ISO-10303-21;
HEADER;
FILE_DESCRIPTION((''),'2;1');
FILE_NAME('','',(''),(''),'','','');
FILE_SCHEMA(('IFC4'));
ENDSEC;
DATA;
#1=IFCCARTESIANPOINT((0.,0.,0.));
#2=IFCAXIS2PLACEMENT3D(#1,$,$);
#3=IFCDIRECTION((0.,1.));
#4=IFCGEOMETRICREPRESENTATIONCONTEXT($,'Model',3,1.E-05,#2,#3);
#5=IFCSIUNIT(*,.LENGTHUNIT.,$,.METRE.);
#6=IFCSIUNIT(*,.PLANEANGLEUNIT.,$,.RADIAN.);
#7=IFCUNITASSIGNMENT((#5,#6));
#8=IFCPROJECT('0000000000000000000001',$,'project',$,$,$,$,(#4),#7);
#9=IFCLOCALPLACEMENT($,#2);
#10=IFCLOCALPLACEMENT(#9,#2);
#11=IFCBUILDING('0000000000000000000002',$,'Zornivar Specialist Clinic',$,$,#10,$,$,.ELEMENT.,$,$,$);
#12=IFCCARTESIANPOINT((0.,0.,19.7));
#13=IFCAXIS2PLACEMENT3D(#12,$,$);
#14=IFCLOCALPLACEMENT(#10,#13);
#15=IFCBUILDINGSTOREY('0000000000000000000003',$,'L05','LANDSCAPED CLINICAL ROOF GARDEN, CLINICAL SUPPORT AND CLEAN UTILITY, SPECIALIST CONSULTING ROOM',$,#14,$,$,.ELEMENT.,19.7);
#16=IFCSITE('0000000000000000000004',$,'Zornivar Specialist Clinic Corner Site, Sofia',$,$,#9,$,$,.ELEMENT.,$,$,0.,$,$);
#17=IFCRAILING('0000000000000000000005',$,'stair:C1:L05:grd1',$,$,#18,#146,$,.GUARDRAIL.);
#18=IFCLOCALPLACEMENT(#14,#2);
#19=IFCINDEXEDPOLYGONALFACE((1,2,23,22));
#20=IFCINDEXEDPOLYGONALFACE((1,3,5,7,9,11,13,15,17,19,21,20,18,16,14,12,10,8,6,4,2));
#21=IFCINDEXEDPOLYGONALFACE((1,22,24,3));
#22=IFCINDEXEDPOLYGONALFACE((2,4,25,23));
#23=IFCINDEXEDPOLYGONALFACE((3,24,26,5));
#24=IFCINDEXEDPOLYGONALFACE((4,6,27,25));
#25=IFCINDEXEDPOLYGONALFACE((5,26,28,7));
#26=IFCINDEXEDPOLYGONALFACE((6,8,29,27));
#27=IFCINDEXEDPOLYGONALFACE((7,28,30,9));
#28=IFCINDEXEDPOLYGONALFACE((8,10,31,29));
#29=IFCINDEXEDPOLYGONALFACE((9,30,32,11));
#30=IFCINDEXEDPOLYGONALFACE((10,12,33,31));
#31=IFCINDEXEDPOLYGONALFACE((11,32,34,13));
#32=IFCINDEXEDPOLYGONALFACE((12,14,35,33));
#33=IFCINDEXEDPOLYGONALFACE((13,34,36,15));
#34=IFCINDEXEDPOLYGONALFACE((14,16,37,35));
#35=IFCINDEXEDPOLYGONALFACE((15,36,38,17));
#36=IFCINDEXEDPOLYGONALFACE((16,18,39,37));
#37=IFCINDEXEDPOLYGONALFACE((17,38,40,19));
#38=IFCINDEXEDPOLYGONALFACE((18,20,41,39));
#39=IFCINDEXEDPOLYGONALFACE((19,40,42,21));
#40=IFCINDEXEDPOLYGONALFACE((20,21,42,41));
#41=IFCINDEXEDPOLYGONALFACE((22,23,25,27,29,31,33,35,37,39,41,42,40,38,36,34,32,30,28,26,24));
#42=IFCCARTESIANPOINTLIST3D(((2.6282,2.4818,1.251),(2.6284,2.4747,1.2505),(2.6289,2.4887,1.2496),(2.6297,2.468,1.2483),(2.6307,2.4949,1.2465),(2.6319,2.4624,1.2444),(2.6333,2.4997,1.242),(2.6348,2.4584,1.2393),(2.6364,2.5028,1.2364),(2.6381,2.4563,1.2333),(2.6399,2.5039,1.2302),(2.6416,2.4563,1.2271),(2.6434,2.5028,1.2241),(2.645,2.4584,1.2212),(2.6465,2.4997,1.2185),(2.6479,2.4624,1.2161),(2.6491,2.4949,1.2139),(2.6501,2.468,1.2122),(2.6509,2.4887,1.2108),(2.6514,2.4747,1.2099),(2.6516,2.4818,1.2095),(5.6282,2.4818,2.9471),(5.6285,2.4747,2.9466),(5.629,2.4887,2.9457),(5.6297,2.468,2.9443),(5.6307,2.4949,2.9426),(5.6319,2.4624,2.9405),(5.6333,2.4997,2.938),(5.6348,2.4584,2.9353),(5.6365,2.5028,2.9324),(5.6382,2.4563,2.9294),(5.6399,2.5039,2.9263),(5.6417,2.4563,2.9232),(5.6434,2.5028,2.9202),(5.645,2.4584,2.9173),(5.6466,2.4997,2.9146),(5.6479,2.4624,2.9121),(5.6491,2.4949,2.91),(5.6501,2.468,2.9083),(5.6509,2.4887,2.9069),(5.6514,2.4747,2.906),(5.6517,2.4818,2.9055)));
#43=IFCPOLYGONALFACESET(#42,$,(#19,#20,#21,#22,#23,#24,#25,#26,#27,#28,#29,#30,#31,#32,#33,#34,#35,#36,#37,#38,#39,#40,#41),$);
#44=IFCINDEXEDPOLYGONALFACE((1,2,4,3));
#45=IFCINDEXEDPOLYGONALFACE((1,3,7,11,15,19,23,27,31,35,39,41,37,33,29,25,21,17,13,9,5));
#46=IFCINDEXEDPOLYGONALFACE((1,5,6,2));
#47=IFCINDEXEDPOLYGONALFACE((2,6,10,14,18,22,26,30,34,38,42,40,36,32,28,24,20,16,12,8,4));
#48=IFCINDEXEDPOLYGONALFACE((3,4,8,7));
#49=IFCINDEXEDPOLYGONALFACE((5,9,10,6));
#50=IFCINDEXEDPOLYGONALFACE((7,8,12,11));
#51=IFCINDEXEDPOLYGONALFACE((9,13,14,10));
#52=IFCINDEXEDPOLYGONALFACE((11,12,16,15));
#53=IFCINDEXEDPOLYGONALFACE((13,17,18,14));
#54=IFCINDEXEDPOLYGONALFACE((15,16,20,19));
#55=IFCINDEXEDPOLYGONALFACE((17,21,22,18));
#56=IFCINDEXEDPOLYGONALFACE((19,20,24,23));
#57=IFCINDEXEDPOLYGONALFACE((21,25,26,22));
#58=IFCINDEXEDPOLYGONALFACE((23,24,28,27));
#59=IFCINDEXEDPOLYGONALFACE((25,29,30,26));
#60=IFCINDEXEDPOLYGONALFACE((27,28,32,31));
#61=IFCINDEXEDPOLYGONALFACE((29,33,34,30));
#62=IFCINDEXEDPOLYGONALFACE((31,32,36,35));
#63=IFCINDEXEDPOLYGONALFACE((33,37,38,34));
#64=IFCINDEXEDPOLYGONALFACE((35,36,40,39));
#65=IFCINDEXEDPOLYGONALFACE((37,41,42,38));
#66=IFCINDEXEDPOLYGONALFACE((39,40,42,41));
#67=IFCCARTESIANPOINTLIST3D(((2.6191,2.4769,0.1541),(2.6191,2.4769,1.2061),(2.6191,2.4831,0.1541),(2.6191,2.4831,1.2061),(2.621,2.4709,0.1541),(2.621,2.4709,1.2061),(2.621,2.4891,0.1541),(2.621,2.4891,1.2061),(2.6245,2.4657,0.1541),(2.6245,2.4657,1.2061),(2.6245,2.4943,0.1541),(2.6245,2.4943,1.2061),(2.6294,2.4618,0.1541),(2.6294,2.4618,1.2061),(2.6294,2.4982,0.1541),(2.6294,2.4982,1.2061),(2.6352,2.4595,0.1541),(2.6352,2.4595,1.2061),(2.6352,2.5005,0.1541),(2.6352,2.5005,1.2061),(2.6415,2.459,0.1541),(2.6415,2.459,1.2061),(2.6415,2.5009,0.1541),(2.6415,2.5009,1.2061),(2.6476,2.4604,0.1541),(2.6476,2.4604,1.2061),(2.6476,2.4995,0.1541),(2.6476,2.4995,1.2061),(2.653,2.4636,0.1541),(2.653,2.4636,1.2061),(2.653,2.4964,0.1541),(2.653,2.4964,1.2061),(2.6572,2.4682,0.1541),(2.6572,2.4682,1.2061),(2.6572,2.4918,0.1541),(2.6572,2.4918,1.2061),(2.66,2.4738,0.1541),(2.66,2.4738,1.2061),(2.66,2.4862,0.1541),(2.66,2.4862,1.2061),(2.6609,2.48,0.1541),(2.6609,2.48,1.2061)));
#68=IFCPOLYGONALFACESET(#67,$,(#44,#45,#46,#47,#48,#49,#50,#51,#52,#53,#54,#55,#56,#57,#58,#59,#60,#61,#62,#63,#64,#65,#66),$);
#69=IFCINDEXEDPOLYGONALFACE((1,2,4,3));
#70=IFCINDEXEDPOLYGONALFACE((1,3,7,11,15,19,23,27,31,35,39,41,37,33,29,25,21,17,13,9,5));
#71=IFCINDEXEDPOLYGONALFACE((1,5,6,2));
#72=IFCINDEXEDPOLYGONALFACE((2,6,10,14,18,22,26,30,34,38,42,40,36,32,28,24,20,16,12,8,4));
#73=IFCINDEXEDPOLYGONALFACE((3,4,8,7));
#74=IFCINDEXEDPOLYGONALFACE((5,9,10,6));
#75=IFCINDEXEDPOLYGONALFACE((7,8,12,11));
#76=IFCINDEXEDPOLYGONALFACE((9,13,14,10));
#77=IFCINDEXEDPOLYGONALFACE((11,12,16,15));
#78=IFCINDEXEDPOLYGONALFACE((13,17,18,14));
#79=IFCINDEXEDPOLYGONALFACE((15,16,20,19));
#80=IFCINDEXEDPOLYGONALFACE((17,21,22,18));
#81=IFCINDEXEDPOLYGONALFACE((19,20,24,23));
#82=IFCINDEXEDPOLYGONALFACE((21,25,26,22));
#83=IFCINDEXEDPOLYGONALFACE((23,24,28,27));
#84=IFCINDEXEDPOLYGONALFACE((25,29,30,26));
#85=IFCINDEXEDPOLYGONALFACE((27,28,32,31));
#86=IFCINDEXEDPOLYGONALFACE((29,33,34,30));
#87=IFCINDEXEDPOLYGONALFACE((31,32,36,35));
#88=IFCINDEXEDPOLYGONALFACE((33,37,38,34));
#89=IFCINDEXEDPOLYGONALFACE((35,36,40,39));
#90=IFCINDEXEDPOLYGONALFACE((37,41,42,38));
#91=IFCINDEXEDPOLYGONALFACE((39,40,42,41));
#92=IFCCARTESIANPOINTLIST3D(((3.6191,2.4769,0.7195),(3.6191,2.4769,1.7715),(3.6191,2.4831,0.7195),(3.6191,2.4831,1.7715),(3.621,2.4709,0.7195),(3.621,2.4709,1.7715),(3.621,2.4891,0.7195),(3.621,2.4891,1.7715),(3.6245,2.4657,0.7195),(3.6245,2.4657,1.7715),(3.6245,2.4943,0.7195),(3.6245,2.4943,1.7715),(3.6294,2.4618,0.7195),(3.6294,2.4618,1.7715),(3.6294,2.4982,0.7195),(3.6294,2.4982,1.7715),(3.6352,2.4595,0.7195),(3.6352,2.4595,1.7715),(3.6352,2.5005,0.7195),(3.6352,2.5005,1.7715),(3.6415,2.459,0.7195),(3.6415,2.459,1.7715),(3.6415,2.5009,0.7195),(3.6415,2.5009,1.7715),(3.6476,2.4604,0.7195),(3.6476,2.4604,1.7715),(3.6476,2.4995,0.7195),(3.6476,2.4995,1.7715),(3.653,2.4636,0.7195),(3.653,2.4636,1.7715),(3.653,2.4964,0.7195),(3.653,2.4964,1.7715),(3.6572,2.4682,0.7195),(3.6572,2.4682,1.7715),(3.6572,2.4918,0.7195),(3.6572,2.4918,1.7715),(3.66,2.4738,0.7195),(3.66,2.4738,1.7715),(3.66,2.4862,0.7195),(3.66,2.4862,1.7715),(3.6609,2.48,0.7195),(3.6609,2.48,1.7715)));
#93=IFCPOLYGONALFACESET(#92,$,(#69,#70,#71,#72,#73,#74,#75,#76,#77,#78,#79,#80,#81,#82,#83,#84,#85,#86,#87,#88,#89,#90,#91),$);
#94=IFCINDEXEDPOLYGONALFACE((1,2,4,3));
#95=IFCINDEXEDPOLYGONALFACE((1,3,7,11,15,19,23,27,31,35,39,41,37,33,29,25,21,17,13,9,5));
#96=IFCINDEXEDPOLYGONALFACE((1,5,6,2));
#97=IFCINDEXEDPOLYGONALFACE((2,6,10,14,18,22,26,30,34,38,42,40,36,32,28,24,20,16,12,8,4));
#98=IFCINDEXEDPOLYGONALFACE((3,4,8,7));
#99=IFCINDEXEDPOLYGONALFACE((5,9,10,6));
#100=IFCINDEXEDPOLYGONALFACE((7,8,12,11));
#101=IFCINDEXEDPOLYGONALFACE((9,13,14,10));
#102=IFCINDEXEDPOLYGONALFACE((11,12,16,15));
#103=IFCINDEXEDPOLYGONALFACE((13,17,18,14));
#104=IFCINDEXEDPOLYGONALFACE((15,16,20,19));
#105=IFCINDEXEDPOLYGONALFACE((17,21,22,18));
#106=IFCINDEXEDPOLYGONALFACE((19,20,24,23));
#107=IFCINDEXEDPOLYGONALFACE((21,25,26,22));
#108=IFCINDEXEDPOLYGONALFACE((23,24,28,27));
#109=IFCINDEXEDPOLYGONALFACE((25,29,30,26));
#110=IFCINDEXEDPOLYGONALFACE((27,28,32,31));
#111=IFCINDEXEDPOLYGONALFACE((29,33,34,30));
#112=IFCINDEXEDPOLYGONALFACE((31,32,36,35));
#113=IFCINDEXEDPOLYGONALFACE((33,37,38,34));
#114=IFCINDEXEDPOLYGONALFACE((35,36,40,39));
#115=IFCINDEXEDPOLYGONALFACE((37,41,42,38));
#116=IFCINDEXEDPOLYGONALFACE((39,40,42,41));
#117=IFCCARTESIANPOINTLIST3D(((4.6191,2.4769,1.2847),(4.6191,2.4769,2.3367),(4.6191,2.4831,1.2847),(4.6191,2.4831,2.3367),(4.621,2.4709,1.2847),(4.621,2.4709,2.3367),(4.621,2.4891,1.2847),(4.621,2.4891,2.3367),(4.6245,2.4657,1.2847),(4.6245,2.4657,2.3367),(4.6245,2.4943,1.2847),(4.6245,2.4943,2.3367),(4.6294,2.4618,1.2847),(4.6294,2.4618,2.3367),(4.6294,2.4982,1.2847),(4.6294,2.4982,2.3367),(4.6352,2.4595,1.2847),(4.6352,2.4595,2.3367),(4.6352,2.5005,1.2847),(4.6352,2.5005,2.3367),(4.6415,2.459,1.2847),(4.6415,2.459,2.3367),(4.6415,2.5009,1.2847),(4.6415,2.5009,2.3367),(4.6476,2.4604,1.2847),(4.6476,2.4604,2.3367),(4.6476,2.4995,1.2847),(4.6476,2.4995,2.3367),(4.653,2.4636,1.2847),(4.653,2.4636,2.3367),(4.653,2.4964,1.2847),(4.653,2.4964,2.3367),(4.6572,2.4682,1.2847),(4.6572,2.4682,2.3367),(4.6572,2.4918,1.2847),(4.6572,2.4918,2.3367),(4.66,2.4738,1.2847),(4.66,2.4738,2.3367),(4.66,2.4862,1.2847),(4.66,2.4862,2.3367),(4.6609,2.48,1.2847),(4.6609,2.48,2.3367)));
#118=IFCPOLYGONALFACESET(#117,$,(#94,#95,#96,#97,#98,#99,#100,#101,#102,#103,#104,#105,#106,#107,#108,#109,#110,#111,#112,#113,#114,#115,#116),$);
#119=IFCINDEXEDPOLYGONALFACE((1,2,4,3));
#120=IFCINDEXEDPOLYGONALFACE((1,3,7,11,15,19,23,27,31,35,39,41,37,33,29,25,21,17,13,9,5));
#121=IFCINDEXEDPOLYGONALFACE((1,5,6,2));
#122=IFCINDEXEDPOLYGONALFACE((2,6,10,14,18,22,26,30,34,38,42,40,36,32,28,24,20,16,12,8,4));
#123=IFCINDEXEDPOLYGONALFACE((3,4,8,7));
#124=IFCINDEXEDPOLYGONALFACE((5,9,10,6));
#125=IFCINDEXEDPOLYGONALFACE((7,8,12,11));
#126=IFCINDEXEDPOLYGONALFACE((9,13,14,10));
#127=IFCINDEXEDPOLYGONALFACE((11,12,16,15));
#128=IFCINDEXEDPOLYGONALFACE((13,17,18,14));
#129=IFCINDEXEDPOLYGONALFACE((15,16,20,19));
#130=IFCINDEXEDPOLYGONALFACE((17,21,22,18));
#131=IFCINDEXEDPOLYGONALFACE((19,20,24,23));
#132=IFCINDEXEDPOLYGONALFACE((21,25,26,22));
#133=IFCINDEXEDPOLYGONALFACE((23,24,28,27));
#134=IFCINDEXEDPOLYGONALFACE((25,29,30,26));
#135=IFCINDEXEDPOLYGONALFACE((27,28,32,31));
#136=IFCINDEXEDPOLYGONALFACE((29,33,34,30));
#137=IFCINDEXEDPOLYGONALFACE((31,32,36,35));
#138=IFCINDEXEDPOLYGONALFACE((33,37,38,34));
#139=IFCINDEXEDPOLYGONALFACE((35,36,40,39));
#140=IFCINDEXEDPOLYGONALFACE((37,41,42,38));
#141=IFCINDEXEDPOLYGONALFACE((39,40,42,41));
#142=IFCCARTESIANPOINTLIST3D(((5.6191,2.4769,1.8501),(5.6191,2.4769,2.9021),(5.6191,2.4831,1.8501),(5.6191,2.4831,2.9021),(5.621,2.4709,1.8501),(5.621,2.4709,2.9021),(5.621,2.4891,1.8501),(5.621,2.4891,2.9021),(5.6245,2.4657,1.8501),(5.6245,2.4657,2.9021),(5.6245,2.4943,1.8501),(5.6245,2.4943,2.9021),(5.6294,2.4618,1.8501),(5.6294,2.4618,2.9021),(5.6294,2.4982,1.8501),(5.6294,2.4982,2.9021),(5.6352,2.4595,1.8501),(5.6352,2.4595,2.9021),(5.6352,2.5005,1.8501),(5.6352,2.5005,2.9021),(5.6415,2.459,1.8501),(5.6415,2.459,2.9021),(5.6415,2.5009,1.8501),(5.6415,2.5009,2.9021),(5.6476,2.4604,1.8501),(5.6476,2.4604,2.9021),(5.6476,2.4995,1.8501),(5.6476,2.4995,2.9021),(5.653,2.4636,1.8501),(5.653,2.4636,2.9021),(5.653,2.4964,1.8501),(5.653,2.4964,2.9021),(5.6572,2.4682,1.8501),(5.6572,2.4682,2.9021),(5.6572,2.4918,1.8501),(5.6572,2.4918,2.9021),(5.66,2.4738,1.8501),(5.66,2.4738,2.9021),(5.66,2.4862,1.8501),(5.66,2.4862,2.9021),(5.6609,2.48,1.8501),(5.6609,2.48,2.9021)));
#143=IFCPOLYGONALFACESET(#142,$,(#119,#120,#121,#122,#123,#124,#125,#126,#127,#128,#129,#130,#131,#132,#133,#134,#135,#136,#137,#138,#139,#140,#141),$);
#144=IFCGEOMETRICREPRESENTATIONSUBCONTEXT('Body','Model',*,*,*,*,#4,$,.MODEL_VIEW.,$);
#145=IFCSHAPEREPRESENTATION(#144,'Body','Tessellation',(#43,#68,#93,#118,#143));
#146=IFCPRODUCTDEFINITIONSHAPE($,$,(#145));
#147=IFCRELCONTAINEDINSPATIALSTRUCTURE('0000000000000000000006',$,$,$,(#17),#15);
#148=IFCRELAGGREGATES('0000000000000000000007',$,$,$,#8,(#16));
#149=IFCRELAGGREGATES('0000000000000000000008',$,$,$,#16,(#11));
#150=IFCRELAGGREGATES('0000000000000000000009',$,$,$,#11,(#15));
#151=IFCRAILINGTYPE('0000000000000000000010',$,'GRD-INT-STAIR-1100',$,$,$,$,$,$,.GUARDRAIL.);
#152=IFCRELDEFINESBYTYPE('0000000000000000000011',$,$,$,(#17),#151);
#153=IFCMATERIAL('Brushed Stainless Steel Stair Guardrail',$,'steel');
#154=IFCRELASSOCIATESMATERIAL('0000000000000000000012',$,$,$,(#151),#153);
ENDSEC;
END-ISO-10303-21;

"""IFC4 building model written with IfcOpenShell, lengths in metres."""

from ifc_helpers import new_model, si_unit, direction, frame, origin, origin_2d, place, context, subcontext, project, spatial, circle, extrude, material, type_object, element, save


model = new_model("IFC4")

# Units and contexts
model_context = context("Model", 3, precision=1e-05, world=origin(), true_north=direction((0.0, 1.0)))
body_context = subcontext(model_context, "Body", "Model", "MODEL_VIEW")
ifc_project = project(units=[si_unit("LENGTHUNIT", "METRE"), si_unit("PLANEANGLEUNIT", "RADIAN")], contexts=[model_context])

# Site, building, storey
site_placement = place(None, origin())
site = spatial("IfcSite", under=ifc_project, at=site_placement, Name="Zornivar Specialist Clinic Corner Site, Sofia", CompositionType="ELEMENT", RefElevation=0.0)
building_placement = place(site_placement, origin())
building = spatial("IfcBuilding", under=site, at=building_placement, Name="Zornivar Specialist Clinic", CompositionType="ELEMENT")
storey_placement = place(building_placement, frame((0.0, 0.0, 19.7)))
storey = spatial("IfcBuildingStorey", under=building, at=storey_placement, Name="L05", Description="LANDSCAPED CLINICAL ROOF GARDEN, CLINICAL SUPPORT AND CLEAN UTILITY, SPECIALIST CONSULTING ROOM", CompositionType="ELEMENT", Elevation=19.7)

# Railing
ifc_material_1 = material(Name="Brushed Stainless Steel Stair Guardrail", Category="steel")
railing_type_1 = type_object("IfcRailingType", Name="GRD-INT-STAIR-1100", PredefinedType="GUARDRAIL", material=ifc_material_1)
railing_1_placement = place(storey_placement, frame((2.6399, 2.48, 0.1541)))
element("IfcRailing", 1, at=railing_1_placement, inside=storey, type_object=railing_type_1, Name="stair:C1:L05:grd1", PredefinedType="GUARDRAIL", context=body_context, shape_type="SweptSolid", body=[
    extrude(circle(Radius=0.0239, at=origin_2d()), frame((0.0, 0.0, 1.0762), z_axis=(0.870514, 0.0, 0.492144), x_axis=(0.0, 1.0, 0.0)), (0.0, 0.0, 1.0), 3.4463),
    extrude(circle(Radius=0.021, at=origin_2d()), origin(), (0.0, 0.0, 1.0), 1.052),
    extrude(circle(Radius=0.021, at=origin_2d()), frame((1.0, 0.0, 0.5654)), (0.0, 0.0, 1.0), 1.052),
    extrude(circle(Radius=0.021, at=origin_2d()), frame((2.0, 0.0, 1.1306)), (0.0, 0.0, 1.0), 1.052),
    extrude(circle(Radius=0.021, at=origin_2d()), frame((3.0, 0.0, 1.696)), (0.0, 0.0, 1.0), 1.052),
])

save(model, "model.ifc")
